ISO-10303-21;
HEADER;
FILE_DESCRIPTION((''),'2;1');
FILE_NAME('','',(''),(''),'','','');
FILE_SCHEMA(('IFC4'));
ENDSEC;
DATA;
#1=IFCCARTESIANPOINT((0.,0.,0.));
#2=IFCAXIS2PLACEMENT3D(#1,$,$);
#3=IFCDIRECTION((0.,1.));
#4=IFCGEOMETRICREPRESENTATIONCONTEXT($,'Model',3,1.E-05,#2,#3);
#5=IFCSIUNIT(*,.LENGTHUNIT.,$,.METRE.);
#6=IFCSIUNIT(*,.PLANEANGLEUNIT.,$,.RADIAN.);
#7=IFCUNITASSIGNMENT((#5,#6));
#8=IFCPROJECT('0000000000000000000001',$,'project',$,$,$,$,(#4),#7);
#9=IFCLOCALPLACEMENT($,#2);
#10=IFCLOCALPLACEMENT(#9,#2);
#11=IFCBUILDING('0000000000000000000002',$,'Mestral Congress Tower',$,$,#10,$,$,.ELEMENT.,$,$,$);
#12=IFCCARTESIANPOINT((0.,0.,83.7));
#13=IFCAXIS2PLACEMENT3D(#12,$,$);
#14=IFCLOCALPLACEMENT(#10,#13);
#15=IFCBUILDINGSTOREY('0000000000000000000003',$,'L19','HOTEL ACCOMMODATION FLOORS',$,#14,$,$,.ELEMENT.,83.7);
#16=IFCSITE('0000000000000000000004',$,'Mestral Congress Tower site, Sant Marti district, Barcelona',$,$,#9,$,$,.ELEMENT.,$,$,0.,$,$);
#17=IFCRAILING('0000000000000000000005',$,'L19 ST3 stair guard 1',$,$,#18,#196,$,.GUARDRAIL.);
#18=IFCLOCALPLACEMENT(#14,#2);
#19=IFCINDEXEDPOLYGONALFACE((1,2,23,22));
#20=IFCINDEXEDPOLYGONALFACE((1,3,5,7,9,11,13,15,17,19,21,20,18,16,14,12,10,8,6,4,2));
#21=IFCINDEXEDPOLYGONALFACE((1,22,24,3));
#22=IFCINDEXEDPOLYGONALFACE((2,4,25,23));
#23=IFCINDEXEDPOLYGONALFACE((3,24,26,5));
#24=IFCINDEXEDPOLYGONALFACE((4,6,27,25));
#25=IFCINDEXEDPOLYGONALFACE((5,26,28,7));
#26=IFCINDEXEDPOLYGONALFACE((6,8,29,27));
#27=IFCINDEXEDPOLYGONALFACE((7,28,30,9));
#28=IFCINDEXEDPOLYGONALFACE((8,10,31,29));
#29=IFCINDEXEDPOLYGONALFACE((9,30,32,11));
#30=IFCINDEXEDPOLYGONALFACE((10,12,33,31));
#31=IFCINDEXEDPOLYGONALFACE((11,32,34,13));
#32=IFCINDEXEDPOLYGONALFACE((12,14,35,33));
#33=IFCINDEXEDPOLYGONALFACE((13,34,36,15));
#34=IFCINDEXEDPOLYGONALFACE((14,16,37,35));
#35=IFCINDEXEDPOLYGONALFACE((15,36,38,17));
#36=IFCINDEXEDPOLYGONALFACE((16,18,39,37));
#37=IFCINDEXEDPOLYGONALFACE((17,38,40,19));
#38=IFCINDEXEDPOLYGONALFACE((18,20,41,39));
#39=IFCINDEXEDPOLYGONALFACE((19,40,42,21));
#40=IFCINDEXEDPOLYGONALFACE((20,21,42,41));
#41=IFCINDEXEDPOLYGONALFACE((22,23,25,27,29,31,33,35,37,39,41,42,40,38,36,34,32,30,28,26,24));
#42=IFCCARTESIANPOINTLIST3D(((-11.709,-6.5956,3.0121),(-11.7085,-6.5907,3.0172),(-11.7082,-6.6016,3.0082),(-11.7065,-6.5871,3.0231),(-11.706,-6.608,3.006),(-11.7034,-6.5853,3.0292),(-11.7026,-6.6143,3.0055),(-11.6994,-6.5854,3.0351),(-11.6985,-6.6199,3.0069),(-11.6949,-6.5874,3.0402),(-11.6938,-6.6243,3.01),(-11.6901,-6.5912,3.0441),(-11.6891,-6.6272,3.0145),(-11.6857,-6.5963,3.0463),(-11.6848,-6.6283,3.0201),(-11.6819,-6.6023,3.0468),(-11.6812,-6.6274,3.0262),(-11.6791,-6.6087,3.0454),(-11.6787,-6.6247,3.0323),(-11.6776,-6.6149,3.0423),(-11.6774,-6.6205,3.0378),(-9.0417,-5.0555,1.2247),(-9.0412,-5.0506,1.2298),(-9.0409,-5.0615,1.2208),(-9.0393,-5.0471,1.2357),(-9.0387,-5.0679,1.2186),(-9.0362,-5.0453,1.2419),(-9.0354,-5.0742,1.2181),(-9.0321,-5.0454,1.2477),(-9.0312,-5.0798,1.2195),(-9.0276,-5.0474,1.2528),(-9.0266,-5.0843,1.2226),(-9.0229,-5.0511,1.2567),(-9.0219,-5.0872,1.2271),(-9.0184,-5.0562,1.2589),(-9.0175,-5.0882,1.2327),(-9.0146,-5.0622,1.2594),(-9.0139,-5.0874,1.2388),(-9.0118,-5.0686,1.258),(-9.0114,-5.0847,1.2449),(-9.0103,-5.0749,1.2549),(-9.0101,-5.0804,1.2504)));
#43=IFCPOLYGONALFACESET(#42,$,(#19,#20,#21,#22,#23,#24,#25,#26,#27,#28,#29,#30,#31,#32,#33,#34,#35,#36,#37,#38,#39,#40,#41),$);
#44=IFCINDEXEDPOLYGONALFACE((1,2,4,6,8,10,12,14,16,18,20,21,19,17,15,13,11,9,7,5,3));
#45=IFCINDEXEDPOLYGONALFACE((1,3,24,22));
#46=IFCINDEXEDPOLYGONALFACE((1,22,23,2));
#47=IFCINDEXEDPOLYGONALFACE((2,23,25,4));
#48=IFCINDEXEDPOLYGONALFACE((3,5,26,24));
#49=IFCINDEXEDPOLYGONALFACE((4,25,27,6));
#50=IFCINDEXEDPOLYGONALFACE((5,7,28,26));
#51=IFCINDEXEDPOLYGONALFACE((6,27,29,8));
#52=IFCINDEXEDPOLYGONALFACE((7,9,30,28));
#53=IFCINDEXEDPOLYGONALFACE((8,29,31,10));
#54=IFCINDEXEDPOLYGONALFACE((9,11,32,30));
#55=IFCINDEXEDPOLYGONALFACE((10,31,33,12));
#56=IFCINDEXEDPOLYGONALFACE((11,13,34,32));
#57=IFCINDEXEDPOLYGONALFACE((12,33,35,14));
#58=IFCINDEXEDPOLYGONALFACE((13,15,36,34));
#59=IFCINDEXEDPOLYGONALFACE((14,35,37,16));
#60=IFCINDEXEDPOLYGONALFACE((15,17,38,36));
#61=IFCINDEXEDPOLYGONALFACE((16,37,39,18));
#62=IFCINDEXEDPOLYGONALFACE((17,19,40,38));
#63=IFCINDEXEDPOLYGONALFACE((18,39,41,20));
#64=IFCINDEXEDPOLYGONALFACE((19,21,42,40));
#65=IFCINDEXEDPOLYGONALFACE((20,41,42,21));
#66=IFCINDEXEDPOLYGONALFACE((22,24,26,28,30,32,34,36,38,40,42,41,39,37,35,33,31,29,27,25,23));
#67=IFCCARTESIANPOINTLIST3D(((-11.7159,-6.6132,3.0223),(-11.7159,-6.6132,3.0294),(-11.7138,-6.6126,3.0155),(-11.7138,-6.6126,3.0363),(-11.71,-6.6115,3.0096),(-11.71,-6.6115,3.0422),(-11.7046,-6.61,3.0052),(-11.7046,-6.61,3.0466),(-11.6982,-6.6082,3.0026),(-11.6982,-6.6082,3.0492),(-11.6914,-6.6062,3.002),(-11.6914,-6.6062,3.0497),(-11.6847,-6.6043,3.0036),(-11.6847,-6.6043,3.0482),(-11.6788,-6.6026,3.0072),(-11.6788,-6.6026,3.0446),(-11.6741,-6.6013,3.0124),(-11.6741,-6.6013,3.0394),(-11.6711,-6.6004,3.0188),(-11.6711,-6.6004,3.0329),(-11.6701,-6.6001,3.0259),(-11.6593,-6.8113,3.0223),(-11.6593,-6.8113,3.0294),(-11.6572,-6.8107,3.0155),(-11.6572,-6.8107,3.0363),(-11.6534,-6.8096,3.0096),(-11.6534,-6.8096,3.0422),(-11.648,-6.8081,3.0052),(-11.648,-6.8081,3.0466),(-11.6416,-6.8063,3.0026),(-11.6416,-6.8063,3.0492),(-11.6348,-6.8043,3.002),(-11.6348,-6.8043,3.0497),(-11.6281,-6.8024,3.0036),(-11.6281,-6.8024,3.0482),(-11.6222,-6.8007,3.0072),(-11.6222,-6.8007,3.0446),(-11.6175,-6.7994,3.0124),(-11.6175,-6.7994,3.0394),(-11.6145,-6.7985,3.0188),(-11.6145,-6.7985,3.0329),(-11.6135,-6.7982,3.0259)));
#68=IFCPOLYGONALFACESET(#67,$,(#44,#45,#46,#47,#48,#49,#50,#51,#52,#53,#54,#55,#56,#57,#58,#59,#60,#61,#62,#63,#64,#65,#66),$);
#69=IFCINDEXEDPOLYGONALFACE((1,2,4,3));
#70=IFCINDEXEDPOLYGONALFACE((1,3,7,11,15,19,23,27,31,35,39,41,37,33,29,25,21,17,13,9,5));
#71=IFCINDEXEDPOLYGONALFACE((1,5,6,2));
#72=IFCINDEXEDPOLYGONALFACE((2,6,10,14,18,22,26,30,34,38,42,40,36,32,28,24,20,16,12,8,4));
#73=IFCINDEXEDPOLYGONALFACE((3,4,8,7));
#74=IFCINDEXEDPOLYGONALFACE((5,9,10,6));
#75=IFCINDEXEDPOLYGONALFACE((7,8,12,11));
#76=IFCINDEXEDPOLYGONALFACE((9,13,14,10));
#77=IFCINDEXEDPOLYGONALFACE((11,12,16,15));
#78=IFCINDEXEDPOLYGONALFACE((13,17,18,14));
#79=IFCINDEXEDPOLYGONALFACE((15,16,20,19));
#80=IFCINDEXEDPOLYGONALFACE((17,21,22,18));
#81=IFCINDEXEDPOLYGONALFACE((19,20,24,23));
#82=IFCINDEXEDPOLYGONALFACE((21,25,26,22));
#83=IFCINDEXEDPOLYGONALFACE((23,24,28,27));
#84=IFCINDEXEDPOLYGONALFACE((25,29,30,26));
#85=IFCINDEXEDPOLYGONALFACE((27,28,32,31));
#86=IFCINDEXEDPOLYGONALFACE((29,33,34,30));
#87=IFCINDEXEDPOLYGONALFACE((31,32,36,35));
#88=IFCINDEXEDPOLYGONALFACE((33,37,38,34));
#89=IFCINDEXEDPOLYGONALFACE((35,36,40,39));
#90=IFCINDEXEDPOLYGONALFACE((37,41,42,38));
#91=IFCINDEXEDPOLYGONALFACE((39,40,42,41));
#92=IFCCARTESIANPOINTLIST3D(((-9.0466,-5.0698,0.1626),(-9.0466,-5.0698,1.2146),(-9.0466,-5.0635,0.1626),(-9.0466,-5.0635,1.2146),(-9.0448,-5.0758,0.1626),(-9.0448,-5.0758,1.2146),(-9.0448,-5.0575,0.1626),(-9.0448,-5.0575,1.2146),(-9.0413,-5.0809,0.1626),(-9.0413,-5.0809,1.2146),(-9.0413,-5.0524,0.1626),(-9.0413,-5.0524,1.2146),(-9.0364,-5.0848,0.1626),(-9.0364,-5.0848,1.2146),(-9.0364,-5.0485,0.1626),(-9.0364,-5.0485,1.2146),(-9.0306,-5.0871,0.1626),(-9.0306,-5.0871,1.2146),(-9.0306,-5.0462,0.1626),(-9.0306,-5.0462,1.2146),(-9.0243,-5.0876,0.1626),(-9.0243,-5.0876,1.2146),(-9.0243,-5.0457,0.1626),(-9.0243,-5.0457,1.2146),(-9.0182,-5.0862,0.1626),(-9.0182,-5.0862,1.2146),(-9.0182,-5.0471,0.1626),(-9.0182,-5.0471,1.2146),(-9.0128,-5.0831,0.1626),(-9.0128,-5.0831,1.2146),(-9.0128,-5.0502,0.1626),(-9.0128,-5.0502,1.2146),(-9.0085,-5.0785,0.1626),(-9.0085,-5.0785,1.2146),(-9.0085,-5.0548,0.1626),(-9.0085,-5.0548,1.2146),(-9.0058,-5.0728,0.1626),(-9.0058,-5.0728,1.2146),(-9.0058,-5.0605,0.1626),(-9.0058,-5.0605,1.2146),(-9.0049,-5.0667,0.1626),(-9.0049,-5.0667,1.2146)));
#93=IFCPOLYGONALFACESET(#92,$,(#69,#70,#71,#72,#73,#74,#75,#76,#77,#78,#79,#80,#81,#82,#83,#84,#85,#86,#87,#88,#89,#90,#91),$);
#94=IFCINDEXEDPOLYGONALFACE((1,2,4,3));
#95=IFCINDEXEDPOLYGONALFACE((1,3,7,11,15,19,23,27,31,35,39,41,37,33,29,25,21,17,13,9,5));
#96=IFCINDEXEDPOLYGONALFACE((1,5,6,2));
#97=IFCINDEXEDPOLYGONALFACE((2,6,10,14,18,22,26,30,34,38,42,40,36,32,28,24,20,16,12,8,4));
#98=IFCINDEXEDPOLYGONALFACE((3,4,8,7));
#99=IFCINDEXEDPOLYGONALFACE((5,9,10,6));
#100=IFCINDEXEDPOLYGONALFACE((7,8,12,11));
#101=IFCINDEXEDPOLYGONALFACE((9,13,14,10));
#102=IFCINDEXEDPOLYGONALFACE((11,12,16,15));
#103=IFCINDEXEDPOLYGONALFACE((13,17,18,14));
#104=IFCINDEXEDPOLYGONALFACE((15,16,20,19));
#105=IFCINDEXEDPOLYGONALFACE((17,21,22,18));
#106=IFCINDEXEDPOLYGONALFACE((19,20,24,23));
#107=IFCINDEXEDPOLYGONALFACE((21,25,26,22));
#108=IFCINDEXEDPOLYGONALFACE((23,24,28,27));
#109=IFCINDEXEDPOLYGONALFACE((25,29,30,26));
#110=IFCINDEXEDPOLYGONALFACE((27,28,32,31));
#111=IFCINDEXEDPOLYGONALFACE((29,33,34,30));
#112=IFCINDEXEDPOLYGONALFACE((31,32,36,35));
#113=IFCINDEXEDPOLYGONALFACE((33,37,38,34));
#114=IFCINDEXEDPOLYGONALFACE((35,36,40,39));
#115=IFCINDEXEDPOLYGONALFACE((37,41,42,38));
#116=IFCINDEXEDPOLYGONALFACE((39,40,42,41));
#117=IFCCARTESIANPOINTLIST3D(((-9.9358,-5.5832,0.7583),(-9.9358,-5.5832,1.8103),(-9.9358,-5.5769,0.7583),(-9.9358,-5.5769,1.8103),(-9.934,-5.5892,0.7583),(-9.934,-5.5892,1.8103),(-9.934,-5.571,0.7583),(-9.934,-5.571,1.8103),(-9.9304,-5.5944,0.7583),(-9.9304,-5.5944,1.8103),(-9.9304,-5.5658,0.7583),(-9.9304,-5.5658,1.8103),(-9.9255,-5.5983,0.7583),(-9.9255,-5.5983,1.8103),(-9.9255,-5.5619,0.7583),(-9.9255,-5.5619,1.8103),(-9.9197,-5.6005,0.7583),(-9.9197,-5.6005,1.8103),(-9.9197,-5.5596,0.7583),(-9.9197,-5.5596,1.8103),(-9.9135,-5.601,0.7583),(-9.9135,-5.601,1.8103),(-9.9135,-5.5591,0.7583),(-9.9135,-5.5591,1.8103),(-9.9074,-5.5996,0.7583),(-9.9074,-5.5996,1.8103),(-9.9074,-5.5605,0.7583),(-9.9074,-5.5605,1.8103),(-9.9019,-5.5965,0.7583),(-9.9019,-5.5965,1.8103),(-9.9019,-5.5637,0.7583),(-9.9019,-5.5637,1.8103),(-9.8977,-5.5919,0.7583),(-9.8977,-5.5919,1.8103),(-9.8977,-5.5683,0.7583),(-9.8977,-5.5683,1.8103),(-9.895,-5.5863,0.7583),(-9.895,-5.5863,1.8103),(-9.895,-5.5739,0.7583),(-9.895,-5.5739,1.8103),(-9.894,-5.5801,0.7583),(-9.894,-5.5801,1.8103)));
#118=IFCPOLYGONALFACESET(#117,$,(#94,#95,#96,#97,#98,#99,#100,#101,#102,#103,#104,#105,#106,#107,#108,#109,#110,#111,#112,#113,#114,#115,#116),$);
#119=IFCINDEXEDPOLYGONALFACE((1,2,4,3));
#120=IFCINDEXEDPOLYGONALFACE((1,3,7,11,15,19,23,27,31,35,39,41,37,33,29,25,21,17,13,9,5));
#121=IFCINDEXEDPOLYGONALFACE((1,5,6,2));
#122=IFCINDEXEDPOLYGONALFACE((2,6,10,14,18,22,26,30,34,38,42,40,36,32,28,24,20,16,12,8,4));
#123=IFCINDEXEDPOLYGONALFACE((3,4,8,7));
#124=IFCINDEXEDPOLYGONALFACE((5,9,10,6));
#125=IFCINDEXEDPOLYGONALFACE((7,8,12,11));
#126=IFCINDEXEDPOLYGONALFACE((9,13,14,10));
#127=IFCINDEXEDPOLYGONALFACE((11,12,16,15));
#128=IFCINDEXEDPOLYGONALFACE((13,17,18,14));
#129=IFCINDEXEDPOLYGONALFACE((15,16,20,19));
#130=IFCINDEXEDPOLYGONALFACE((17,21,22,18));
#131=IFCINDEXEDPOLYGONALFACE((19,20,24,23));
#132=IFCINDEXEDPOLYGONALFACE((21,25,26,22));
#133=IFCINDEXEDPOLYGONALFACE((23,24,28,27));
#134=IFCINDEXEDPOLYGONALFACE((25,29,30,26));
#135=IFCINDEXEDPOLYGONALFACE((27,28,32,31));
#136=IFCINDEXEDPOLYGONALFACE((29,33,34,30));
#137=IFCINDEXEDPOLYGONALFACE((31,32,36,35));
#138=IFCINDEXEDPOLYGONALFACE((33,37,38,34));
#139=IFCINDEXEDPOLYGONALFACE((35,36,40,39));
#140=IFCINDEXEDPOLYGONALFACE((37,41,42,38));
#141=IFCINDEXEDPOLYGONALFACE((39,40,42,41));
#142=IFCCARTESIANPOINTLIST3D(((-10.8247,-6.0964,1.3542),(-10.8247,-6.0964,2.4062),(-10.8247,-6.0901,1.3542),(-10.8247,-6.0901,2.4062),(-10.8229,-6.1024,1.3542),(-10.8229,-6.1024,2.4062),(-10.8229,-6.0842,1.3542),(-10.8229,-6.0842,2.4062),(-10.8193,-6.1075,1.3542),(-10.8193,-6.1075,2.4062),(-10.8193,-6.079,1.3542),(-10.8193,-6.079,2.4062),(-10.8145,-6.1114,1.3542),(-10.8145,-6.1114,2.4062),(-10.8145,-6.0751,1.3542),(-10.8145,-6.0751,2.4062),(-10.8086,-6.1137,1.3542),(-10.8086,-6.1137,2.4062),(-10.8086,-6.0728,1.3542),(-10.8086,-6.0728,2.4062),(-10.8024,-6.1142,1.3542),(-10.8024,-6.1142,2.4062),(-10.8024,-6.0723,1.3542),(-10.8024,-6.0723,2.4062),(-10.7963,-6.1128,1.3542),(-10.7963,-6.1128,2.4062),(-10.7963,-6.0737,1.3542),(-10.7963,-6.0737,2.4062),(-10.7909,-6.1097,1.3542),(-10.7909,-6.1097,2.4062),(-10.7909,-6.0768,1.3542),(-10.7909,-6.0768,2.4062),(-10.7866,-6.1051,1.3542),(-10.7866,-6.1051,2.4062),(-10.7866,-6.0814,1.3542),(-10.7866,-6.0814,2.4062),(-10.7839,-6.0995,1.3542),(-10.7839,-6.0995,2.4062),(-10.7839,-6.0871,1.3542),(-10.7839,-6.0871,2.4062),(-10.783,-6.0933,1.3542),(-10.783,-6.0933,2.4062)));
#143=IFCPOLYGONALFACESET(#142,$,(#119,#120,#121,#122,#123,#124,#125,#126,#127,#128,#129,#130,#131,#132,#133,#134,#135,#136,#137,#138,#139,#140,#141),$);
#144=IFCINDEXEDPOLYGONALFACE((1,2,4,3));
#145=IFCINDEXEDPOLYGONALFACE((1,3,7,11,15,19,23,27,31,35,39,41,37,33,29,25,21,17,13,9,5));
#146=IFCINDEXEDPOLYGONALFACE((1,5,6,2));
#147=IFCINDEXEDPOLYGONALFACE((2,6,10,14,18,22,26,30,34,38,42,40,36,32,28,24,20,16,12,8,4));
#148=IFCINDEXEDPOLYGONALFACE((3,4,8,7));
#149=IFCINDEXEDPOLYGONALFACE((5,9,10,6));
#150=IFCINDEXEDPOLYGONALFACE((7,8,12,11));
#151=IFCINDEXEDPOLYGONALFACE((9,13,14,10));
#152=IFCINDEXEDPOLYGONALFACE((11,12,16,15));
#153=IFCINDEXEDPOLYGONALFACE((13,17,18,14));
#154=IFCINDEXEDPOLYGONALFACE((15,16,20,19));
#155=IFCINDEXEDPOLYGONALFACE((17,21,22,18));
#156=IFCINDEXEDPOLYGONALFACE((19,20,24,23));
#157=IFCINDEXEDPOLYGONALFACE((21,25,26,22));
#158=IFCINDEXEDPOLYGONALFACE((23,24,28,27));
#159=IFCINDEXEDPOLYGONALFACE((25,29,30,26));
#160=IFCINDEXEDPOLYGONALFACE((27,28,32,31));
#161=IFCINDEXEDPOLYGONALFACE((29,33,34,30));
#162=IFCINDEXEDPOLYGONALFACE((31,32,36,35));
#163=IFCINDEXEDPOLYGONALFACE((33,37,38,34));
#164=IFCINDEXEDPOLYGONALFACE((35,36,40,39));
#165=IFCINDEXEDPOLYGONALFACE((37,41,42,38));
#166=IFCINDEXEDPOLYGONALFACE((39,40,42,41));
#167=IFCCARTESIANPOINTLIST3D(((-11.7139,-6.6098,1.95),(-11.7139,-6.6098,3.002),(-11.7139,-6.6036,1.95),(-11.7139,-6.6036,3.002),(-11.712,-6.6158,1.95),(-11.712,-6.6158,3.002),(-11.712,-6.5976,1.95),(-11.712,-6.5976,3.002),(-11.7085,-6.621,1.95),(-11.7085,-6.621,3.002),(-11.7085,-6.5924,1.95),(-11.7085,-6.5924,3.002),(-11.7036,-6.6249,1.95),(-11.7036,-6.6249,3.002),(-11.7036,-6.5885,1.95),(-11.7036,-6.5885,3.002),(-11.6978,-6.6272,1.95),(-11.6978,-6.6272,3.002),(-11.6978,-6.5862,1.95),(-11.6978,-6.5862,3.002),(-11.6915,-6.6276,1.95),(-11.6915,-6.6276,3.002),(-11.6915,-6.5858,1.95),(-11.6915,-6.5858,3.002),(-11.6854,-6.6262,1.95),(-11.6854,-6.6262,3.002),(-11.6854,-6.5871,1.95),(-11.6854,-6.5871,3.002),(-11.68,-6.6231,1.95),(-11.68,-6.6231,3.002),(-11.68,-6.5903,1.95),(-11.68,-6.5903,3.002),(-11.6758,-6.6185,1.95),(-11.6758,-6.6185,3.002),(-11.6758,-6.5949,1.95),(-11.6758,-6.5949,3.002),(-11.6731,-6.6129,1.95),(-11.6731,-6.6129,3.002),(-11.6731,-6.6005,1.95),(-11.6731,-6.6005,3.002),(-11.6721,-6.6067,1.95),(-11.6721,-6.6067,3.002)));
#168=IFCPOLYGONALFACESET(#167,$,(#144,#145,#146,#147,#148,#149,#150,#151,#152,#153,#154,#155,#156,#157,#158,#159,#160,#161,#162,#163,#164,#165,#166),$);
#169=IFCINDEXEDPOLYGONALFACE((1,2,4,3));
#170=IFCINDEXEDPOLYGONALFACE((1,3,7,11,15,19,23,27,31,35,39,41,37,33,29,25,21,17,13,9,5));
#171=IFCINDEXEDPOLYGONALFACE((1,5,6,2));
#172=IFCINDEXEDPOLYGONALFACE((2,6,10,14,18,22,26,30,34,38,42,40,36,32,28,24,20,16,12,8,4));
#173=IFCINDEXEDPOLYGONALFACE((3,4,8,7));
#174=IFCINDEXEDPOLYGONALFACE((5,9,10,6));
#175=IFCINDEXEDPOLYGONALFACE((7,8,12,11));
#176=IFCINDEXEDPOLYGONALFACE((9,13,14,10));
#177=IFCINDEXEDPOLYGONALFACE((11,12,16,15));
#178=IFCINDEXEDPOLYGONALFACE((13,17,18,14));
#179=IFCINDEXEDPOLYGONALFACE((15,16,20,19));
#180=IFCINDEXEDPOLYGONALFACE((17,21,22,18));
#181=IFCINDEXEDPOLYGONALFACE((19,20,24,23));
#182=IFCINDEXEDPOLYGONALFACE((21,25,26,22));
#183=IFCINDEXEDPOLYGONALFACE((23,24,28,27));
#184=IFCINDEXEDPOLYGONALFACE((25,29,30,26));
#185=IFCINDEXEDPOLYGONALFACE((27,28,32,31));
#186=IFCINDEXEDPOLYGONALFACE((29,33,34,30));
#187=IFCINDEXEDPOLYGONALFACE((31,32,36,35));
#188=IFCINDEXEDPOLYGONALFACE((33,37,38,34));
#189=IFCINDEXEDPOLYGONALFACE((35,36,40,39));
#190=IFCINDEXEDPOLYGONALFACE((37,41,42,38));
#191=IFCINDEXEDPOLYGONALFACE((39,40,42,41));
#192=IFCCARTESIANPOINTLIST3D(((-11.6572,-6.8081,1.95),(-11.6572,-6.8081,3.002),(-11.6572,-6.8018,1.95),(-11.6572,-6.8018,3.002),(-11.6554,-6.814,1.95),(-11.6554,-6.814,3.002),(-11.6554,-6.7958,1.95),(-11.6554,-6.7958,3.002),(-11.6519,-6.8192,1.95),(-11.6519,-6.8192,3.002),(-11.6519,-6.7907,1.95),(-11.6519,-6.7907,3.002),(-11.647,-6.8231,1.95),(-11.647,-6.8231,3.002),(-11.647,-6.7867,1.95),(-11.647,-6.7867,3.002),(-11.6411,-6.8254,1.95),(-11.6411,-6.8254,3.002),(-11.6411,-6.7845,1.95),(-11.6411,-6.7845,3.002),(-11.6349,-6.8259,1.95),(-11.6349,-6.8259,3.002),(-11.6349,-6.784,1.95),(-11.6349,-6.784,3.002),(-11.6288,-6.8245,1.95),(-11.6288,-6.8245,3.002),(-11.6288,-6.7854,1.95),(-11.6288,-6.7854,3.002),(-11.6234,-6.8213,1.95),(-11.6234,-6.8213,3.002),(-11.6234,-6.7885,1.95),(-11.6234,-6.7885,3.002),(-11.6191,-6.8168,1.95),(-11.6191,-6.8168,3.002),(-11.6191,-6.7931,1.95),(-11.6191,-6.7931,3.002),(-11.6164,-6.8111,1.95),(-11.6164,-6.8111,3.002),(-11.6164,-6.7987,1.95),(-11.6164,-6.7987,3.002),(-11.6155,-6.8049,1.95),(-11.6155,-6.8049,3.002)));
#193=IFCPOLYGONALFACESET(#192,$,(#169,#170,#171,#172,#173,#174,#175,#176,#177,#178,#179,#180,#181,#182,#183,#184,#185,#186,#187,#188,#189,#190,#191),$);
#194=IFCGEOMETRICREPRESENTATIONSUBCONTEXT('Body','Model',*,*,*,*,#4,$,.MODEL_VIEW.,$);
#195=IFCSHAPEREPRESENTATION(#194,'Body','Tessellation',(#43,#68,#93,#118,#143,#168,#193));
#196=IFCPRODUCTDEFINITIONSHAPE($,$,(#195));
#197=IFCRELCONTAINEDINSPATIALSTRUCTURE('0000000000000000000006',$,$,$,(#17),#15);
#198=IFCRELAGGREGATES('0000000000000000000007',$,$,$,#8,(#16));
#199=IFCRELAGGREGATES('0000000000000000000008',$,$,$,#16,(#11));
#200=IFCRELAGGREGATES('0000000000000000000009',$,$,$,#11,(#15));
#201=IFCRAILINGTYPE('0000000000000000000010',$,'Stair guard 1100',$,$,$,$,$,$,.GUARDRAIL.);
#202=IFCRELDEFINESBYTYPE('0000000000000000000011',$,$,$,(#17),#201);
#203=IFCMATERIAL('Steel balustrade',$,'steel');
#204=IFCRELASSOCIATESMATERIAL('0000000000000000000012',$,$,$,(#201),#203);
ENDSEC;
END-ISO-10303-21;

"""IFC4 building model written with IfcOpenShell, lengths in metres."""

from ifc_helpers import new_model, si_unit, direction, frame, origin, origin_2d, place, context, subcontext, project, spatial, circle, extrude, material, type_object, element, save


model = new_model("IFC4")

# Units and contexts
model_context = context("Model", 3, precision=1e-05, world=origin(), true_north=direction((0.0, 1.0)))
body_context = subcontext(model_context, "Body", "Model", "MODEL_VIEW")
ifc_project = project(units=[si_unit("LENGTHUNIT", "METRE"), si_unit("PLANEANGLEUNIT", "RADIAN")], contexts=[model_context])

# Site, building, storey
site_placement = place(None, origin())
site = spatial("IfcSite", under=ifc_project, at=site_placement, Name="Mestral Congress Tower site, Sant Marti district, Barcelona", CompositionType="ELEMENT", RefElevation=0.0)
building_placement = place(site_placement, origin())
building = spatial("IfcBuilding", under=site, at=building_placement, Name="Mestral Congress Tower", CompositionType="ELEMENT")
storey_placement = place(building_placement, frame((0.0, 0.0, 83.7)))
storey = spatial("IfcBuildingStorey", under=building, at=storey_placement, Name="L19", Description="HOTEL ACCOMMODATION FLOORS", CompositionType="ELEMENT", Elevation=83.7)

# Railing
ifc_material_1 = material(Name="Steel balustrade", Category="steel")
railing_type_1 = type_object("IfcRailingType", Name="Stair guard 1100", PredefinedType="GUARDRAIL", material=ifc_material_1)
railing_1_placement = place(storey_placement, frame((-9.0259, -5.0667, 0.1626)))
element("IfcRailing", 1, at=railing_1_placement, inside=storey, type_object=railing_type_1, Name="L19 ST3 stair guard 1", PredefinedType="GUARDRAIL", context=body_context, shape_type="SweptSolid", body=[
    extrude(circle(Radius=0.0239, at=origin_2d()), frame((0.0, 0.0, 1.0762), z_axis=(-0.74902, -0.432477, 0.501929), x_axis=(0.500027, -0.86601, 0.0)), (0.0, 0.0, 1.0), 3.561),
    extrude(circle(Radius=0.0239, at=origin_2d()), frame((-2.6672, -1.54, 2.8633), z_axis=(0.274721, -0.961524, 0.0), x_axis=(0.961524, 0.274721, 0.0)), (0.0, 0.0, 1.0), 0.2061),
    extrude(circle(Radius=0.021, at=origin_2d()), origin(), (0.0, 0.0, 1.0), 1.052),
    extrude(circle(Radius=0.021, at=origin_2d()), frame((-0.8892, -0.5134, 0.5957)), (0.0, 0.0, 1.0), 1.052),
    extrude(circle(Radius=0.021, at=origin_2d()), frame((-1.7781, -1.0266, 1.1917)), (0.0, 0.0, 1.0), 1.052),
    extrude(circle(Radius=0.021, at=origin_2d()), frame((-2.6672, -1.54, 1.7874)), (0.0, 0.0, 1.0), 1.052),
    extrude(circle(Radius=0.021, at=origin_2d()), frame((-2.6106, -1.7383, 1.7874)), (0.0, 0.0, 1.0), 1.052),
])

save(model, "model.ifc")
